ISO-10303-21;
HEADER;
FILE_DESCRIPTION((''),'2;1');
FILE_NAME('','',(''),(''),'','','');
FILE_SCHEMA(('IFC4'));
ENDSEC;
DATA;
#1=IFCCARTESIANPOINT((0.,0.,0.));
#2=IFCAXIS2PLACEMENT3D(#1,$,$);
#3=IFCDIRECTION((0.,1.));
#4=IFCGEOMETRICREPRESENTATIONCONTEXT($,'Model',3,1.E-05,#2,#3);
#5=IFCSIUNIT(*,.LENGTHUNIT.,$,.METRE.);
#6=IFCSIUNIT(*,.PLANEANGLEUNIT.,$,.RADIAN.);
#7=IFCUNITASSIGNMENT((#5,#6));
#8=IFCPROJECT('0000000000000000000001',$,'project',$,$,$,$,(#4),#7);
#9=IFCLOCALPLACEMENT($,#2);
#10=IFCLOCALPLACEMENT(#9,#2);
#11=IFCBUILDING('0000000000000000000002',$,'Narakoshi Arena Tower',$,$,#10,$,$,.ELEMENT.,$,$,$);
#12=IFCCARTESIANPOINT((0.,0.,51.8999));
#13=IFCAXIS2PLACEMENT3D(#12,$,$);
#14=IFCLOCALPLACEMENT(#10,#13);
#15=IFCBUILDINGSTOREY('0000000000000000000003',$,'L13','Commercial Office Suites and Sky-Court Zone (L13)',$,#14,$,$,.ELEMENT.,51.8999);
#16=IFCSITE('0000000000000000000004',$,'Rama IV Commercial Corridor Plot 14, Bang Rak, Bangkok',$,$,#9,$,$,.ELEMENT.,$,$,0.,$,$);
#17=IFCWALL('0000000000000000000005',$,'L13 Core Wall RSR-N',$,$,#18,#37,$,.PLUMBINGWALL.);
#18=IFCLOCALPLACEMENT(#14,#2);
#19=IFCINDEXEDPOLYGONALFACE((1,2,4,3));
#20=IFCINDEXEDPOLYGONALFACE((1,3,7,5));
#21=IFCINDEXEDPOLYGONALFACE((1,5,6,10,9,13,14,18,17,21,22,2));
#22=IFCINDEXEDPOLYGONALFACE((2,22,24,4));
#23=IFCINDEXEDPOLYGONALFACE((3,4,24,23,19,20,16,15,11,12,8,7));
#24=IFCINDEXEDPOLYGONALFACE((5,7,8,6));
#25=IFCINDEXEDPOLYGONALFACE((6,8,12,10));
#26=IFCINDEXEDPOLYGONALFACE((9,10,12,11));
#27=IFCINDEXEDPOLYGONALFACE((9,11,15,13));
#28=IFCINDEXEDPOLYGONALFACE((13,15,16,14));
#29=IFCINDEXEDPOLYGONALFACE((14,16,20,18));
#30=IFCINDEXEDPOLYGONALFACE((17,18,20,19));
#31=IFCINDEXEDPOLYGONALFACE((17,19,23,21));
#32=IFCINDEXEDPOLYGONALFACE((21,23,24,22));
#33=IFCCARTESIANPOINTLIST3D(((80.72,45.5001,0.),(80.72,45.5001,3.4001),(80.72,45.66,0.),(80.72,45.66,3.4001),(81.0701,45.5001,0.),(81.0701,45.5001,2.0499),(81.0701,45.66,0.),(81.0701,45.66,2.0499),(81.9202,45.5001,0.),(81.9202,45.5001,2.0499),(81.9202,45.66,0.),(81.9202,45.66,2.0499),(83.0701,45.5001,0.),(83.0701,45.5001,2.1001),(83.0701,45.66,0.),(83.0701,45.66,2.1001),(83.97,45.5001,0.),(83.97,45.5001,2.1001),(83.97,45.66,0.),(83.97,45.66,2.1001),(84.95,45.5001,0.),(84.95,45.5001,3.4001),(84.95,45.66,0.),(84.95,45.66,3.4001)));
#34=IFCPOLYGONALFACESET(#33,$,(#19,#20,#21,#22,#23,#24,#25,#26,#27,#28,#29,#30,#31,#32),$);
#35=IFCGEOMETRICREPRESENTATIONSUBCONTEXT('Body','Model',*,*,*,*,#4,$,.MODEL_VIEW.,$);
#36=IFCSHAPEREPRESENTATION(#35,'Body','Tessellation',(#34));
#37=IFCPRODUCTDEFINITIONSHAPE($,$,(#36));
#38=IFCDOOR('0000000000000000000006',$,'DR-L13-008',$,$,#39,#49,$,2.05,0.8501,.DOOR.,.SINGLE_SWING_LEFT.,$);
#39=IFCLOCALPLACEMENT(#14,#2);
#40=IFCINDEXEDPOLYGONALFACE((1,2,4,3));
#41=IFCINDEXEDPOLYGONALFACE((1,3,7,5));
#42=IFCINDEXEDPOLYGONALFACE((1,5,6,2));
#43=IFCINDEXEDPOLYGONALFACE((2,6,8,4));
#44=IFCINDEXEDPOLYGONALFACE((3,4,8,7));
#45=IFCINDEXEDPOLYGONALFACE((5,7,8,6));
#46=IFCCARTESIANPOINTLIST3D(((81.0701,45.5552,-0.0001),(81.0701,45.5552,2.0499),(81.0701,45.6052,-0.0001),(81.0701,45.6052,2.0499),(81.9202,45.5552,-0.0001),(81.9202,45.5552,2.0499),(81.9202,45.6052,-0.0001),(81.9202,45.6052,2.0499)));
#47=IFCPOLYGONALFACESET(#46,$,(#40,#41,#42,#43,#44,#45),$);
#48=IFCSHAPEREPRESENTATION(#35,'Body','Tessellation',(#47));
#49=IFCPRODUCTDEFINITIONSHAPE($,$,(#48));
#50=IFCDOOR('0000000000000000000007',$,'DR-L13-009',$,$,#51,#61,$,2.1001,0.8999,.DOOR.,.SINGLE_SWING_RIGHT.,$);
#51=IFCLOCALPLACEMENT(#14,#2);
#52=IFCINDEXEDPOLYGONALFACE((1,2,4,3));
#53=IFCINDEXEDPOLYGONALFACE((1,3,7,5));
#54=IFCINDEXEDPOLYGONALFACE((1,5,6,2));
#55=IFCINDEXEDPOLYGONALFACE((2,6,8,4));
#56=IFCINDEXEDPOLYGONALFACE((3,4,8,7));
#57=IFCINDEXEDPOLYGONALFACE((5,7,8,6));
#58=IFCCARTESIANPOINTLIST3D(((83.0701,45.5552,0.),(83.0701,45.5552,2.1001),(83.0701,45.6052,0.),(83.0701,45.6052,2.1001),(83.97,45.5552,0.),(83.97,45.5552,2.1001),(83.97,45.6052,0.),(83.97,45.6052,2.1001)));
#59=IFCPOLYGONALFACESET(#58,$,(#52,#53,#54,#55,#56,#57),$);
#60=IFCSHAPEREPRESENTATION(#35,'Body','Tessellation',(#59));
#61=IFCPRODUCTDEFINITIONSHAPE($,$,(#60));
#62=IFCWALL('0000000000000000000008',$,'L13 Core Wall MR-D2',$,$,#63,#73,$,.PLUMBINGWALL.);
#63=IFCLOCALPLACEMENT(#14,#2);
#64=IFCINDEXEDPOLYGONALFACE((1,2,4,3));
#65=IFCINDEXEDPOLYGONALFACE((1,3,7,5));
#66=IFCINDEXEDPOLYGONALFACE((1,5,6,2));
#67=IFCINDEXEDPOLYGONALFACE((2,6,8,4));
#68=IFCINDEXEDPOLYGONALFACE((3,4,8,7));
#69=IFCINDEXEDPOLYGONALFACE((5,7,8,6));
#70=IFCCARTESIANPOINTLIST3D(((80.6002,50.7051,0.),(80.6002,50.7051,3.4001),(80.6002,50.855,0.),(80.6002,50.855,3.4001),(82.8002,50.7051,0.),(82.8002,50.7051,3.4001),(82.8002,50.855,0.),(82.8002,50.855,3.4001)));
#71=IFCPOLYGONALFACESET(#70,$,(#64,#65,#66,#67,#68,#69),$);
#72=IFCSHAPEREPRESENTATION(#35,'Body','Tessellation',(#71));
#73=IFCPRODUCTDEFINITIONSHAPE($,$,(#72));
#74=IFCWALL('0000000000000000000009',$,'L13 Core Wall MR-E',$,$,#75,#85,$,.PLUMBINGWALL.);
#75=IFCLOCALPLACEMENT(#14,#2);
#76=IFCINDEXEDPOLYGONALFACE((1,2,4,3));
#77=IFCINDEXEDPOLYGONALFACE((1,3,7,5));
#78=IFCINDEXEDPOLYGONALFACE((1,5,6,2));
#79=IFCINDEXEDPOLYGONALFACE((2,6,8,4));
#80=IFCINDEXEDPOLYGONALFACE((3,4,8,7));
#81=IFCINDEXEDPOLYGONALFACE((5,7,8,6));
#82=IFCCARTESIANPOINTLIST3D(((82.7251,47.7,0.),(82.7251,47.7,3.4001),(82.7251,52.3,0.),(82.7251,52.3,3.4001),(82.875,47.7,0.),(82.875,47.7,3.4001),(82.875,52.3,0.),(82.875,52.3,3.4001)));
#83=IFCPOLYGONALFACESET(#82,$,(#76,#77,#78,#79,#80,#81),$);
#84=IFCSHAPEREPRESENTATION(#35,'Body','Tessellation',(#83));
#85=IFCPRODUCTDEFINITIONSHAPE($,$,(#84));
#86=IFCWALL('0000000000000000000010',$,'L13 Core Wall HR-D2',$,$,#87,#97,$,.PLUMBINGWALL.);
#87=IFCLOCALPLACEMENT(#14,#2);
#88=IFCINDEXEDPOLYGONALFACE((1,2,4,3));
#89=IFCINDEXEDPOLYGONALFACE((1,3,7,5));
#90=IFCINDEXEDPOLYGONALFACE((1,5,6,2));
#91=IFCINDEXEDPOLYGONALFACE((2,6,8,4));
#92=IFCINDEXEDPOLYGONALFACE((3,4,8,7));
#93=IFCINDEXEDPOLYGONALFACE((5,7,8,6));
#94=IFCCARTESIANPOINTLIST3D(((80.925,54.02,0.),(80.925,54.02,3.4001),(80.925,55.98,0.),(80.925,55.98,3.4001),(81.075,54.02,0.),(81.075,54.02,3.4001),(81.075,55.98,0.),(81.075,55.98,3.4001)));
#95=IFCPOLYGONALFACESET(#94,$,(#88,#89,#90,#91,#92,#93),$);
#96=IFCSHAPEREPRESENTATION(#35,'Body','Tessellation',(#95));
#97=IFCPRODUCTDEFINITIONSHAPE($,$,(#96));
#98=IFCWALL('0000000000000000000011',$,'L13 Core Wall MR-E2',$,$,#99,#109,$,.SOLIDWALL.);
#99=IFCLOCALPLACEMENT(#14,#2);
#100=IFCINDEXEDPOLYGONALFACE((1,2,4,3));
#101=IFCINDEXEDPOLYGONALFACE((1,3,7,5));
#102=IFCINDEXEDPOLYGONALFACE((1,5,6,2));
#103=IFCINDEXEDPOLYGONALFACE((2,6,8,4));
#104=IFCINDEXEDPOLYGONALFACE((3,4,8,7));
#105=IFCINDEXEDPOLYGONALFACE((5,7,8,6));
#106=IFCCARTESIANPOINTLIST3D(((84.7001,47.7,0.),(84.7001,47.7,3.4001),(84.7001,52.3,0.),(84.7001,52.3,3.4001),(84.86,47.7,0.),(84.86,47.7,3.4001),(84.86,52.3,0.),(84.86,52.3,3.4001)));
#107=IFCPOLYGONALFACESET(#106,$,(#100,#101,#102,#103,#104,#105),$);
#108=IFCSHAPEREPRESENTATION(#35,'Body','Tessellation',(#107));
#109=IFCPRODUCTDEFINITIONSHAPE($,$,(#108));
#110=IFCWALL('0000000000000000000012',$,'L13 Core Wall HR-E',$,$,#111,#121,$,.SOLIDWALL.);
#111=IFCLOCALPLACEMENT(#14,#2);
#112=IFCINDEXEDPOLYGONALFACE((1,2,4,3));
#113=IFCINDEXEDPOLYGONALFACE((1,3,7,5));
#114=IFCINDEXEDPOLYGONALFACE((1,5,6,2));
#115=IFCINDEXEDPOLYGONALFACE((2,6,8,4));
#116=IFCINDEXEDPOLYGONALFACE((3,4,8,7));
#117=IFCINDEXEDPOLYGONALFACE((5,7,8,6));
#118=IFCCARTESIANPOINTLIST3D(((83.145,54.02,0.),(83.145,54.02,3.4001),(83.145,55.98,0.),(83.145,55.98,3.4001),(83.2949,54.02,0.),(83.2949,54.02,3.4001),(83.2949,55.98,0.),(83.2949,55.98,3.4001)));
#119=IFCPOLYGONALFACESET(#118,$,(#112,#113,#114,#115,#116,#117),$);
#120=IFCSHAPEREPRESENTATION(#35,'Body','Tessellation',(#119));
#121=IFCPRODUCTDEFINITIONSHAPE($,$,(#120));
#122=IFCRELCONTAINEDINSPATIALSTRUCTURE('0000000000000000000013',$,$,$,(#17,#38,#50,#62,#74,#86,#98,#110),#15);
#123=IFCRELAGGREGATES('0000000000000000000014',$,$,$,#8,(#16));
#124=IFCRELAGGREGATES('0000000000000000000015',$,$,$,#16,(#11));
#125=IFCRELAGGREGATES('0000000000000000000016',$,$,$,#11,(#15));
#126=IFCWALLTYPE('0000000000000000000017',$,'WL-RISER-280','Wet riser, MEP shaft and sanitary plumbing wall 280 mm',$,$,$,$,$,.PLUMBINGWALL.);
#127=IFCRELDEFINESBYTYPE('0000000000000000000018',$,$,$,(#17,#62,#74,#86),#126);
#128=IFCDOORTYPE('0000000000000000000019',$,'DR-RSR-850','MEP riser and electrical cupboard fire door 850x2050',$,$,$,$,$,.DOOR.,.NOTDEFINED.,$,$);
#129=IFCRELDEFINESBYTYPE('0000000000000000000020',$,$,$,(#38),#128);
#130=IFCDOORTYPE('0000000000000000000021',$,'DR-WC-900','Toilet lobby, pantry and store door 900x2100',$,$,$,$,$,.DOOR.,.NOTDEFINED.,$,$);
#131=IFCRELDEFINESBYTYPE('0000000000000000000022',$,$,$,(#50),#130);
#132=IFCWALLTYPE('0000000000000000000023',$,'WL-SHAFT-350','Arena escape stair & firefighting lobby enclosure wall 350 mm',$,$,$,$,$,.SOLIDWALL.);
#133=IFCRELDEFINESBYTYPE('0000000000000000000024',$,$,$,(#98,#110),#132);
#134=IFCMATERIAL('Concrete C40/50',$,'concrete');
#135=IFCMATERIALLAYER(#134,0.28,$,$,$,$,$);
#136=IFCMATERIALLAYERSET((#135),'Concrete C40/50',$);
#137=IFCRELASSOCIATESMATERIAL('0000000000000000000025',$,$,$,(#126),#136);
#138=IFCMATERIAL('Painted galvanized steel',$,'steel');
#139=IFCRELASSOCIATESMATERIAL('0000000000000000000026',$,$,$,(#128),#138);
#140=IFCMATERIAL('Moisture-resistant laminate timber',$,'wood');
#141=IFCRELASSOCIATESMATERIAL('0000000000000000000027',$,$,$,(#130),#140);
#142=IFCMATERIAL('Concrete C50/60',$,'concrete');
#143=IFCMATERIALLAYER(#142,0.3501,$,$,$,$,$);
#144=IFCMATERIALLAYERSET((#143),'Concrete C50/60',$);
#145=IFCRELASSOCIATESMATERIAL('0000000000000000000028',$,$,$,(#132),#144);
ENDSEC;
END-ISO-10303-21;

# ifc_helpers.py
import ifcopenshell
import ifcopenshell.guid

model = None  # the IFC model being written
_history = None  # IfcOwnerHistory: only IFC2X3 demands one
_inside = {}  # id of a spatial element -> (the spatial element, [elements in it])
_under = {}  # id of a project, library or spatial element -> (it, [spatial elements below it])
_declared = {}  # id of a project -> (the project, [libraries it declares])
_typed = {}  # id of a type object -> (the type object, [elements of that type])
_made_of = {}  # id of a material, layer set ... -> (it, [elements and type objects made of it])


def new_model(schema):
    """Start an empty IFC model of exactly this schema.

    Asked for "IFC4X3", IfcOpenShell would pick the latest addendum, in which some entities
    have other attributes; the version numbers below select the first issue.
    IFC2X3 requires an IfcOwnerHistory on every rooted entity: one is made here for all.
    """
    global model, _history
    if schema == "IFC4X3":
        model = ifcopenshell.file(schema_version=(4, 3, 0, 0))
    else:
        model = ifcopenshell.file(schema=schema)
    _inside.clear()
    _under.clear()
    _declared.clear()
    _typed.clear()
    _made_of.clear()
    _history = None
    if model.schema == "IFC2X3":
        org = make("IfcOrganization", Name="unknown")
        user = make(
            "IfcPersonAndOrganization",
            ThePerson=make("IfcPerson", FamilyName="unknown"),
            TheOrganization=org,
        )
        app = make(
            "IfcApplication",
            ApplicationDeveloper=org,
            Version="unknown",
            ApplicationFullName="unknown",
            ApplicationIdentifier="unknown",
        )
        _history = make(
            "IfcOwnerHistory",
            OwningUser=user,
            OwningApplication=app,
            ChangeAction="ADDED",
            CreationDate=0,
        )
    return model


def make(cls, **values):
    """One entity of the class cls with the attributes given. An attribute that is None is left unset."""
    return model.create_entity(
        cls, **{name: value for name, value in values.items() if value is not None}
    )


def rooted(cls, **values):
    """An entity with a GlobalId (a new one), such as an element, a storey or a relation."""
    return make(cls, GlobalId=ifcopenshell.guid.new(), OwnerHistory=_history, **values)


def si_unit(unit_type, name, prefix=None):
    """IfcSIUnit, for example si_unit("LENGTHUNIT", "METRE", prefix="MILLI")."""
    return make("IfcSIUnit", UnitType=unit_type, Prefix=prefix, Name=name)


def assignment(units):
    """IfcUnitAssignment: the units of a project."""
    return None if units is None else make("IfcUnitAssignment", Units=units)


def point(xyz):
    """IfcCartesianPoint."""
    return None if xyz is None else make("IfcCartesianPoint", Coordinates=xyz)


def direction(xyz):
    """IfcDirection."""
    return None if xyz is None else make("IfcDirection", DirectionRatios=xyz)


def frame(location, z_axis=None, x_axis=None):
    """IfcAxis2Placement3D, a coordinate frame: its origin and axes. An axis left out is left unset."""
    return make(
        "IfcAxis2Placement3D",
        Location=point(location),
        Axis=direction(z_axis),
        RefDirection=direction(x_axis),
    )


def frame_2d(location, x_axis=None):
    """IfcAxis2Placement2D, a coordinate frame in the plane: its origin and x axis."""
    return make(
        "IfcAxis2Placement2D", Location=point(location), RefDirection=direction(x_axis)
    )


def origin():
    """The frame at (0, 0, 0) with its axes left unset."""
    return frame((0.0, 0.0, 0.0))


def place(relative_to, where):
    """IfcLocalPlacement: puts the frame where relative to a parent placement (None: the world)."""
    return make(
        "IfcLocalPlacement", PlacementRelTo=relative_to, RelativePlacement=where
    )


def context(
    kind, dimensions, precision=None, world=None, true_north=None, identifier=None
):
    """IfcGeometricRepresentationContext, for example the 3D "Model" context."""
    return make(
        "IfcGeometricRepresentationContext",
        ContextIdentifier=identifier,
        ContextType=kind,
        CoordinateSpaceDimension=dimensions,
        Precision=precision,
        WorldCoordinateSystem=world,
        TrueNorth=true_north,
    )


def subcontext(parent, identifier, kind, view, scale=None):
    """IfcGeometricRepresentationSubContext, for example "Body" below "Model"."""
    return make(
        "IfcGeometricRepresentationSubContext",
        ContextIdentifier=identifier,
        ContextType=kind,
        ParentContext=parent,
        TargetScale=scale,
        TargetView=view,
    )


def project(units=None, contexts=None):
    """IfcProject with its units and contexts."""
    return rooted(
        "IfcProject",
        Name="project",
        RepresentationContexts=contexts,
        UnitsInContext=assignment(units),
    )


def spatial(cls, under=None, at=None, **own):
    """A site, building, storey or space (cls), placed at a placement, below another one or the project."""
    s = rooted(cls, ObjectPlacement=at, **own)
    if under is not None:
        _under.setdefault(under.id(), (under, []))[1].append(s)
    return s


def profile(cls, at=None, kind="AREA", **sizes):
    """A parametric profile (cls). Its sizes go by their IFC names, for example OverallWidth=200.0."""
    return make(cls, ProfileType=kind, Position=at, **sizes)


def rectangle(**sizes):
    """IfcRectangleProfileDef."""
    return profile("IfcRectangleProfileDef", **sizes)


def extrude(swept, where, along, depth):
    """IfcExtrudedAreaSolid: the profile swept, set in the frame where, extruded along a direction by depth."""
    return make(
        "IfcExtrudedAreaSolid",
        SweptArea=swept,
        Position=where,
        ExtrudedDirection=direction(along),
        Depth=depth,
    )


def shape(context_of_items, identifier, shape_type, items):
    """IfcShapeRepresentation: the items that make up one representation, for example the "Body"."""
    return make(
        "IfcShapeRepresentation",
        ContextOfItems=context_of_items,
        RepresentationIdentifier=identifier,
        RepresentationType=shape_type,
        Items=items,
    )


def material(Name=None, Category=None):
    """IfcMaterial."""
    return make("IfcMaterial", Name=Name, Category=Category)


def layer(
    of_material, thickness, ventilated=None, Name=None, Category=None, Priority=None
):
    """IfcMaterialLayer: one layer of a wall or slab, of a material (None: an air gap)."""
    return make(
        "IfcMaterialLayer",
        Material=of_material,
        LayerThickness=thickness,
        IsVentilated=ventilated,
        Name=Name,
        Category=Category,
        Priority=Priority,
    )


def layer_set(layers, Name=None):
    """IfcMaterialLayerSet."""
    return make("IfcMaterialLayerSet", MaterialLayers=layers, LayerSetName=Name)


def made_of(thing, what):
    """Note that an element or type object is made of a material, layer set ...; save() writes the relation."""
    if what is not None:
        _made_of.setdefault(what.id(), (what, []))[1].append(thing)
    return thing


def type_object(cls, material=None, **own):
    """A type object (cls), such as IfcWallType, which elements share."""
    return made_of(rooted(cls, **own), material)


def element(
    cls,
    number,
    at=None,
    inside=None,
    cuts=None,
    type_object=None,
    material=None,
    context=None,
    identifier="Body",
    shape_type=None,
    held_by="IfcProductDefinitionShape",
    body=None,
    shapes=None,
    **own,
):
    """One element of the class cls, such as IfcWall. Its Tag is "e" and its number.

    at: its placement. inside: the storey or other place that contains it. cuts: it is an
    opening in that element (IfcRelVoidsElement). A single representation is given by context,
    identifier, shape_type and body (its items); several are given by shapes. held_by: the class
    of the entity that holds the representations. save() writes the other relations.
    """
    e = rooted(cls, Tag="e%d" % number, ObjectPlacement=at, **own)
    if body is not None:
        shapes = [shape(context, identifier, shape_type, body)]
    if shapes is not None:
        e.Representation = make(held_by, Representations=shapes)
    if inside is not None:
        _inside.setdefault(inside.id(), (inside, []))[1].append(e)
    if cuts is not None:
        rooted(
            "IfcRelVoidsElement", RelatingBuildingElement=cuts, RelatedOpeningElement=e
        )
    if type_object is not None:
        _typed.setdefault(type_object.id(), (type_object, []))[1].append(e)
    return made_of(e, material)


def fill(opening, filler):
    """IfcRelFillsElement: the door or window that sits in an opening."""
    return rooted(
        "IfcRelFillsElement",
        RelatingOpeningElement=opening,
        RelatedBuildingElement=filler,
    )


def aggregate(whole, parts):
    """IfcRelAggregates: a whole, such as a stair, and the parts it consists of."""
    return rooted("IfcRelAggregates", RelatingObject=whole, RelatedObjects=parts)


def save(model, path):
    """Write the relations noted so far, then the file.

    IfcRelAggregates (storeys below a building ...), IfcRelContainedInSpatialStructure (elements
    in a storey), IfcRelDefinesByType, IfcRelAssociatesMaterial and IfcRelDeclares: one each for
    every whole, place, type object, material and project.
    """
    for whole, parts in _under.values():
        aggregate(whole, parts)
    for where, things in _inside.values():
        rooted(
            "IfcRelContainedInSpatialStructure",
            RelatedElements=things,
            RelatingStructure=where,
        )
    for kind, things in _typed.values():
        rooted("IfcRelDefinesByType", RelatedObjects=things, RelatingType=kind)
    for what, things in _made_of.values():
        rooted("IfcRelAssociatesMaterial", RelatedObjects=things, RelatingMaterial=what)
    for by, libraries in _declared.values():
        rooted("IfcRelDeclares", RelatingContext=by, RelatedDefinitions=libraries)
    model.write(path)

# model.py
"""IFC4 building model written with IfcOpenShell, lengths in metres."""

from ifc_helpers import new_model, si_unit, direction, frame, frame_2d, origin, place, context, subcontext, project, spatial, rectangle, extrude, material, layer, layer_set, type_object, element, fill, save


model = new_model("IFC4")

# Units and contexts
model_context = context("Model", 3, precision=1e-05, world=origin(), true_north=direction((0.0, 1.0)))
body_context = subcontext(model_context, "Body", "Model", "MODEL_VIEW")
ifc_project = project(units=[si_unit("LENGTHUNIT", "METRE"), si_unit("PLANEANGLEUNIT", "RADIAN")], contexts=[model_context])

# Site, building, storey
site_placement = place(None, origin())
site = spatial("IfcSite", under=ifc_project, at=site_placement, Name="Rama IV Commercial Corridor Plot 14, Bang Rak, Bangkok", CompositionType="ELEMENT", RefElevation=0.0)
building_placement = place(site_placement, origin())
building = spatial("IfcBuilding", under=site, at=building_placement, Name="Narakoshi Arena Tower", CompositionType="ELEMENT")
storey_placement = place(building_placement, frame((0.0, 0.0, 51.8999)))
storey = spatial("IfcBuildingStorey", under=building, at=storey_placement, Name="L13", Description="Commercial Office Suites and Sky-Court Zone (L13)", CompositionType="ELEMENT", Elevation=51.8999)

# Wall, openings, doors
ifc_material_1 = material(Name="Concrete C40/50", Category="concrete")
ifc_layer_1 = layer(ifc_material_1, 0.28)
ifc_layer_set_1 = layer_set([ifc_layer_1], Name="Concrete C40/50")
wall_type_1 = type_object("IfcWallType", Name="WL-RISER-280", Description="Wet riser, MEP shaft and sanitary plumbing wall 280 mm", PredefinedType="PLUMBINGWALL", material=ifc_layer_set_1)
wall_1_placement = place(storey_placement, frame((80.72, 45.5801, 0.0), z_axis=(0.0, 0.0, 1.0), x_axis=(1.0, 0.0, 0.0)))
wall_1 = element("IfcWall", 1, at=wall_1_placement, inside=storey, type_object=wall_type_1, Name="L13 Core Wall RSR-N", PredefinedType="PLUMBINGWALL", context=body_context, shape_type="SweptSolid", body=[
    extrude(rectangle(XDim=4.23, YDim=0.1599, at=frame_2d((2.115, 0.0))), origin(), (0.0, 0.0, 1.0), 3.4001),
])
opening_1_placement = place(wall_1_placement, frame((0.3501, 0.0, 0.0)))
opening_1 = element("IfcOpeningElement", 2, at=opening_1_placement, cuts=wall_1, PredefinedType="OPENING", context=body_context, shape_type="SweptSolid", body=[
    extrude(rectangle(XDim=0.8501, YDim=2.05, at=frame_2d((0.425, 1.0249))), frame((0.0, 0.0898, 0.0), z_axis=(0.0, -1.0, 0.0), x_axis=(1.0, 0.0, 0.0)), (0.0, 0.0, 1.0), 0.1799),
])
opening_2_placement = place(wall_1_placement, frame((2.3501, 0.0, 0.0)))
opening_2 = element("IfcOpeningElement", 3, at=opening_2_placement, cuts=wall_1, PredefinedType="OPENING", context=body_context, shape_type="SweptSolid", body=[
    extrude(rectangle(XDim=0.8999, YDim=2.1001, at=frame_2d((0.45, 1.05))), frame((0.0, 0.0898, 0.0), z_axis=(0.0, -1.0, 0.0), x_axis=(1.0, 0.0, 0.0)), (0.0, 0.0, 1.0), 0.1799),
])
ifc_material_2 = material(Name="Painted galvanized steel", Category="steel")
door_type_1 = type_object("IfcDoorType", Name="DR-RSR-850", Description="MEP riser and electrical cupboard fire door 850x2050", OperationType="NOTDEFINED", PredefinedType="DOOR", material=ifc_material_2)
door_1_placement = place(opening_1_placement, frame((0.8501, 0.0, 0.0), z_axis=(0.0, 0.0, 1.0), x_axis=(-1.0, 0.0, 0.0)))
door_1 = element("IfcDoor", 4, at=door_1_placement, inside=storey, type_object=door_type_1, Name="DR-L13-008", OperationType="SINGLE_SWING_LEFT", OverallHeight=2.05, OverallWidth=0.8501, PredefinedType="DOOR", context=body_context, shape_type="SweptSolid", body=[
    extrude(rectangle(XDim=0.8501, YDim=2.05, at=frame_2d((0.425, 1.0249))), frame((0.0, 0.0249, 0.0), z_axis=(0.0, -1.0, 0.0), x_axis=(1.0, 0.0, 0.0)), (0.0, 0.0, 1.0), 0.05),
])
fill(opening_1, door_1)
ifc_material_3 = material(Name="Moisture-resistant laminate timber", Category="wood")
door_type_2 = type_object("IfcDoorType", Name="DR-WC-900", Description="Toilet lobby, pantry and store door 900x2100", OperationType="NOTDEFINED", PredefinedType="DOOR", material=ifc_material_3)
door_2_placement = place(opening_2_placement, frame((0.8999, 0.0, 0.0), z_axis=(0.0, 0.0, 1.0), x_axis=(-1.0, 0.0, 0.0)))
door_2 = element("IfcDoor", 5, at=door_2_placement, inside=storey, type_object=door_type_2, Name="DR-L13-009", OperationType="SINGLE_SWING_RIGHT", OverallHeight=2.1001, OverallWidth=0.8999, PredefinedType="DOOR", context=body_context, shape_type="SweptSolid", body=[
    extrude(rectangle(XDim=0.8999, YDim=2.1001, at=frame_2d((0.45, 1.05))), frame((0.0, 0.0249, 0.0), z_axis=(0.0, -1.0, 0.0), x_axis=(1.0, 0.0, 0.0)), (0.0, 0.0, 1.0), 0.05),
])
fill(opening_2, door_2)

# Walls
wall_2_placement = place(storey_placement, frame((80.6001, 50.78, 0.0), z_axis=(0.0, 0.0, 1.0), x_axis=(1.0, 0.0, 0.0)))
element("IfcWall", 6, at=wall_2_placement, inside=storey, type_object=wall_type_1, Name="L13 Core Wall MR-D2", PredefinedType="PLUMBINGWALL", context=body_context, shape_type="SweptSolid", body=[
    extrude(rectangle(XDim=2.2, YDim=0.1499, at=frame_2d((1.1001, 0.0))), origin(), (0.0, 0.0, 1.0), 3.4001),
])
wall_3_placement = place(storey_placement, frame((82.8, 47.7, 0.0), z_axis=(0.0, 0.0, 1.0), x_axis=(0.0, 1.0, 0.0)))
element("IfcWall", 7, at=wall_3_placement, inside=storey, type_object=wall_type_1, Name="L13 Core Wall MR-E", PredefinedType="PLUMBINGWALL", context=body_context, shape_type="SweptSolid", body=[
    extrude(rectangle(XDim=4.6001, YDim=0.1499, at=frame_2d((2.3, 0.0))), origin(), (0.0, 0.0, 1.0), 3.4001),
])
wall_4_placement = place(storey_placement, frame((81.0, 54.02, 0.0), z_axis=(0.0, 0.0, 1.0), x_axis=(0.0, 1.0, 0.0)))
element("IfcWall", 8, at=wall_4_placement, inside=storey, type_object=wall_type_1, Name="L13 Core Wall HR-D2", PredefinedType="PLUMBINGWALL", context=body_context, shape_type="SweptSolid", body=[
    extrude(rectangle(XDim=1.96, YDim=0.1499, at=frame_2d((0.98, 0.0))), origin(), (0.0, 0.0, 1.0), 3.4001),
])
ifc_material_4 = material(Name="Concrete C50/60", Category="concrete")
ifc_layer_2 = layer(ifc_material_4, 0.3501)
ifc_layer_set_2 = layer_set([ifc_layer_2], Name="Concrete C50/60")
wall_type_2 = type_object("IfcWallType", Name="WL-SHAFT-350", Description="Arena escape stair & firefighting lobby enclosure wall 350 mm", PredefinedType="SOLIDWALL", material=ifc_layer_set_2)
wall_5_placement = place(storey_placement, frame((84.78, 47.7, 0.0), z_axis=(0.0, 0.0, 1.0), x_axis=(0.0, 1.0, 0.0)))
element("IfcWall", 9, at=wall_5_placement, inside=storey, type_object=wall_type_2, Name="L13 Core Wall MR-E2", PredefinedType="SOLIDWALL", context=body_context, shape_type="SweptSolid", body=[
    extrude(rectangle(XDim=4.6001, YDim=0.1599, at=frame_2d((2.3, 0.0))), origin(), (0.0, 0.0, 1.0), 3.4001),
])
wall_6_placement = place(storey_placement, frame((83.22, 54.02, 0.0), z_axis=(0.0, 0.0, 1.0), x_axis=(0.0, 1.0, 0.0)))
element("IfcWall", 10, at=wall_6_placement, inside=storey, type_object=wall_type_2, Name="L13 Core Wall HR-E", PredefinedType="SOLIDWALL", context=body_context, shape_type="SweptSolid", body=[
    extrude(rectangle(XDim=1.96, YDim=0.1499, at=frame_2d((0.98, 0.0))), origin(), (0.0, 0.0, 1.0), 3.4001),
])

save(model, "model.ifc")
